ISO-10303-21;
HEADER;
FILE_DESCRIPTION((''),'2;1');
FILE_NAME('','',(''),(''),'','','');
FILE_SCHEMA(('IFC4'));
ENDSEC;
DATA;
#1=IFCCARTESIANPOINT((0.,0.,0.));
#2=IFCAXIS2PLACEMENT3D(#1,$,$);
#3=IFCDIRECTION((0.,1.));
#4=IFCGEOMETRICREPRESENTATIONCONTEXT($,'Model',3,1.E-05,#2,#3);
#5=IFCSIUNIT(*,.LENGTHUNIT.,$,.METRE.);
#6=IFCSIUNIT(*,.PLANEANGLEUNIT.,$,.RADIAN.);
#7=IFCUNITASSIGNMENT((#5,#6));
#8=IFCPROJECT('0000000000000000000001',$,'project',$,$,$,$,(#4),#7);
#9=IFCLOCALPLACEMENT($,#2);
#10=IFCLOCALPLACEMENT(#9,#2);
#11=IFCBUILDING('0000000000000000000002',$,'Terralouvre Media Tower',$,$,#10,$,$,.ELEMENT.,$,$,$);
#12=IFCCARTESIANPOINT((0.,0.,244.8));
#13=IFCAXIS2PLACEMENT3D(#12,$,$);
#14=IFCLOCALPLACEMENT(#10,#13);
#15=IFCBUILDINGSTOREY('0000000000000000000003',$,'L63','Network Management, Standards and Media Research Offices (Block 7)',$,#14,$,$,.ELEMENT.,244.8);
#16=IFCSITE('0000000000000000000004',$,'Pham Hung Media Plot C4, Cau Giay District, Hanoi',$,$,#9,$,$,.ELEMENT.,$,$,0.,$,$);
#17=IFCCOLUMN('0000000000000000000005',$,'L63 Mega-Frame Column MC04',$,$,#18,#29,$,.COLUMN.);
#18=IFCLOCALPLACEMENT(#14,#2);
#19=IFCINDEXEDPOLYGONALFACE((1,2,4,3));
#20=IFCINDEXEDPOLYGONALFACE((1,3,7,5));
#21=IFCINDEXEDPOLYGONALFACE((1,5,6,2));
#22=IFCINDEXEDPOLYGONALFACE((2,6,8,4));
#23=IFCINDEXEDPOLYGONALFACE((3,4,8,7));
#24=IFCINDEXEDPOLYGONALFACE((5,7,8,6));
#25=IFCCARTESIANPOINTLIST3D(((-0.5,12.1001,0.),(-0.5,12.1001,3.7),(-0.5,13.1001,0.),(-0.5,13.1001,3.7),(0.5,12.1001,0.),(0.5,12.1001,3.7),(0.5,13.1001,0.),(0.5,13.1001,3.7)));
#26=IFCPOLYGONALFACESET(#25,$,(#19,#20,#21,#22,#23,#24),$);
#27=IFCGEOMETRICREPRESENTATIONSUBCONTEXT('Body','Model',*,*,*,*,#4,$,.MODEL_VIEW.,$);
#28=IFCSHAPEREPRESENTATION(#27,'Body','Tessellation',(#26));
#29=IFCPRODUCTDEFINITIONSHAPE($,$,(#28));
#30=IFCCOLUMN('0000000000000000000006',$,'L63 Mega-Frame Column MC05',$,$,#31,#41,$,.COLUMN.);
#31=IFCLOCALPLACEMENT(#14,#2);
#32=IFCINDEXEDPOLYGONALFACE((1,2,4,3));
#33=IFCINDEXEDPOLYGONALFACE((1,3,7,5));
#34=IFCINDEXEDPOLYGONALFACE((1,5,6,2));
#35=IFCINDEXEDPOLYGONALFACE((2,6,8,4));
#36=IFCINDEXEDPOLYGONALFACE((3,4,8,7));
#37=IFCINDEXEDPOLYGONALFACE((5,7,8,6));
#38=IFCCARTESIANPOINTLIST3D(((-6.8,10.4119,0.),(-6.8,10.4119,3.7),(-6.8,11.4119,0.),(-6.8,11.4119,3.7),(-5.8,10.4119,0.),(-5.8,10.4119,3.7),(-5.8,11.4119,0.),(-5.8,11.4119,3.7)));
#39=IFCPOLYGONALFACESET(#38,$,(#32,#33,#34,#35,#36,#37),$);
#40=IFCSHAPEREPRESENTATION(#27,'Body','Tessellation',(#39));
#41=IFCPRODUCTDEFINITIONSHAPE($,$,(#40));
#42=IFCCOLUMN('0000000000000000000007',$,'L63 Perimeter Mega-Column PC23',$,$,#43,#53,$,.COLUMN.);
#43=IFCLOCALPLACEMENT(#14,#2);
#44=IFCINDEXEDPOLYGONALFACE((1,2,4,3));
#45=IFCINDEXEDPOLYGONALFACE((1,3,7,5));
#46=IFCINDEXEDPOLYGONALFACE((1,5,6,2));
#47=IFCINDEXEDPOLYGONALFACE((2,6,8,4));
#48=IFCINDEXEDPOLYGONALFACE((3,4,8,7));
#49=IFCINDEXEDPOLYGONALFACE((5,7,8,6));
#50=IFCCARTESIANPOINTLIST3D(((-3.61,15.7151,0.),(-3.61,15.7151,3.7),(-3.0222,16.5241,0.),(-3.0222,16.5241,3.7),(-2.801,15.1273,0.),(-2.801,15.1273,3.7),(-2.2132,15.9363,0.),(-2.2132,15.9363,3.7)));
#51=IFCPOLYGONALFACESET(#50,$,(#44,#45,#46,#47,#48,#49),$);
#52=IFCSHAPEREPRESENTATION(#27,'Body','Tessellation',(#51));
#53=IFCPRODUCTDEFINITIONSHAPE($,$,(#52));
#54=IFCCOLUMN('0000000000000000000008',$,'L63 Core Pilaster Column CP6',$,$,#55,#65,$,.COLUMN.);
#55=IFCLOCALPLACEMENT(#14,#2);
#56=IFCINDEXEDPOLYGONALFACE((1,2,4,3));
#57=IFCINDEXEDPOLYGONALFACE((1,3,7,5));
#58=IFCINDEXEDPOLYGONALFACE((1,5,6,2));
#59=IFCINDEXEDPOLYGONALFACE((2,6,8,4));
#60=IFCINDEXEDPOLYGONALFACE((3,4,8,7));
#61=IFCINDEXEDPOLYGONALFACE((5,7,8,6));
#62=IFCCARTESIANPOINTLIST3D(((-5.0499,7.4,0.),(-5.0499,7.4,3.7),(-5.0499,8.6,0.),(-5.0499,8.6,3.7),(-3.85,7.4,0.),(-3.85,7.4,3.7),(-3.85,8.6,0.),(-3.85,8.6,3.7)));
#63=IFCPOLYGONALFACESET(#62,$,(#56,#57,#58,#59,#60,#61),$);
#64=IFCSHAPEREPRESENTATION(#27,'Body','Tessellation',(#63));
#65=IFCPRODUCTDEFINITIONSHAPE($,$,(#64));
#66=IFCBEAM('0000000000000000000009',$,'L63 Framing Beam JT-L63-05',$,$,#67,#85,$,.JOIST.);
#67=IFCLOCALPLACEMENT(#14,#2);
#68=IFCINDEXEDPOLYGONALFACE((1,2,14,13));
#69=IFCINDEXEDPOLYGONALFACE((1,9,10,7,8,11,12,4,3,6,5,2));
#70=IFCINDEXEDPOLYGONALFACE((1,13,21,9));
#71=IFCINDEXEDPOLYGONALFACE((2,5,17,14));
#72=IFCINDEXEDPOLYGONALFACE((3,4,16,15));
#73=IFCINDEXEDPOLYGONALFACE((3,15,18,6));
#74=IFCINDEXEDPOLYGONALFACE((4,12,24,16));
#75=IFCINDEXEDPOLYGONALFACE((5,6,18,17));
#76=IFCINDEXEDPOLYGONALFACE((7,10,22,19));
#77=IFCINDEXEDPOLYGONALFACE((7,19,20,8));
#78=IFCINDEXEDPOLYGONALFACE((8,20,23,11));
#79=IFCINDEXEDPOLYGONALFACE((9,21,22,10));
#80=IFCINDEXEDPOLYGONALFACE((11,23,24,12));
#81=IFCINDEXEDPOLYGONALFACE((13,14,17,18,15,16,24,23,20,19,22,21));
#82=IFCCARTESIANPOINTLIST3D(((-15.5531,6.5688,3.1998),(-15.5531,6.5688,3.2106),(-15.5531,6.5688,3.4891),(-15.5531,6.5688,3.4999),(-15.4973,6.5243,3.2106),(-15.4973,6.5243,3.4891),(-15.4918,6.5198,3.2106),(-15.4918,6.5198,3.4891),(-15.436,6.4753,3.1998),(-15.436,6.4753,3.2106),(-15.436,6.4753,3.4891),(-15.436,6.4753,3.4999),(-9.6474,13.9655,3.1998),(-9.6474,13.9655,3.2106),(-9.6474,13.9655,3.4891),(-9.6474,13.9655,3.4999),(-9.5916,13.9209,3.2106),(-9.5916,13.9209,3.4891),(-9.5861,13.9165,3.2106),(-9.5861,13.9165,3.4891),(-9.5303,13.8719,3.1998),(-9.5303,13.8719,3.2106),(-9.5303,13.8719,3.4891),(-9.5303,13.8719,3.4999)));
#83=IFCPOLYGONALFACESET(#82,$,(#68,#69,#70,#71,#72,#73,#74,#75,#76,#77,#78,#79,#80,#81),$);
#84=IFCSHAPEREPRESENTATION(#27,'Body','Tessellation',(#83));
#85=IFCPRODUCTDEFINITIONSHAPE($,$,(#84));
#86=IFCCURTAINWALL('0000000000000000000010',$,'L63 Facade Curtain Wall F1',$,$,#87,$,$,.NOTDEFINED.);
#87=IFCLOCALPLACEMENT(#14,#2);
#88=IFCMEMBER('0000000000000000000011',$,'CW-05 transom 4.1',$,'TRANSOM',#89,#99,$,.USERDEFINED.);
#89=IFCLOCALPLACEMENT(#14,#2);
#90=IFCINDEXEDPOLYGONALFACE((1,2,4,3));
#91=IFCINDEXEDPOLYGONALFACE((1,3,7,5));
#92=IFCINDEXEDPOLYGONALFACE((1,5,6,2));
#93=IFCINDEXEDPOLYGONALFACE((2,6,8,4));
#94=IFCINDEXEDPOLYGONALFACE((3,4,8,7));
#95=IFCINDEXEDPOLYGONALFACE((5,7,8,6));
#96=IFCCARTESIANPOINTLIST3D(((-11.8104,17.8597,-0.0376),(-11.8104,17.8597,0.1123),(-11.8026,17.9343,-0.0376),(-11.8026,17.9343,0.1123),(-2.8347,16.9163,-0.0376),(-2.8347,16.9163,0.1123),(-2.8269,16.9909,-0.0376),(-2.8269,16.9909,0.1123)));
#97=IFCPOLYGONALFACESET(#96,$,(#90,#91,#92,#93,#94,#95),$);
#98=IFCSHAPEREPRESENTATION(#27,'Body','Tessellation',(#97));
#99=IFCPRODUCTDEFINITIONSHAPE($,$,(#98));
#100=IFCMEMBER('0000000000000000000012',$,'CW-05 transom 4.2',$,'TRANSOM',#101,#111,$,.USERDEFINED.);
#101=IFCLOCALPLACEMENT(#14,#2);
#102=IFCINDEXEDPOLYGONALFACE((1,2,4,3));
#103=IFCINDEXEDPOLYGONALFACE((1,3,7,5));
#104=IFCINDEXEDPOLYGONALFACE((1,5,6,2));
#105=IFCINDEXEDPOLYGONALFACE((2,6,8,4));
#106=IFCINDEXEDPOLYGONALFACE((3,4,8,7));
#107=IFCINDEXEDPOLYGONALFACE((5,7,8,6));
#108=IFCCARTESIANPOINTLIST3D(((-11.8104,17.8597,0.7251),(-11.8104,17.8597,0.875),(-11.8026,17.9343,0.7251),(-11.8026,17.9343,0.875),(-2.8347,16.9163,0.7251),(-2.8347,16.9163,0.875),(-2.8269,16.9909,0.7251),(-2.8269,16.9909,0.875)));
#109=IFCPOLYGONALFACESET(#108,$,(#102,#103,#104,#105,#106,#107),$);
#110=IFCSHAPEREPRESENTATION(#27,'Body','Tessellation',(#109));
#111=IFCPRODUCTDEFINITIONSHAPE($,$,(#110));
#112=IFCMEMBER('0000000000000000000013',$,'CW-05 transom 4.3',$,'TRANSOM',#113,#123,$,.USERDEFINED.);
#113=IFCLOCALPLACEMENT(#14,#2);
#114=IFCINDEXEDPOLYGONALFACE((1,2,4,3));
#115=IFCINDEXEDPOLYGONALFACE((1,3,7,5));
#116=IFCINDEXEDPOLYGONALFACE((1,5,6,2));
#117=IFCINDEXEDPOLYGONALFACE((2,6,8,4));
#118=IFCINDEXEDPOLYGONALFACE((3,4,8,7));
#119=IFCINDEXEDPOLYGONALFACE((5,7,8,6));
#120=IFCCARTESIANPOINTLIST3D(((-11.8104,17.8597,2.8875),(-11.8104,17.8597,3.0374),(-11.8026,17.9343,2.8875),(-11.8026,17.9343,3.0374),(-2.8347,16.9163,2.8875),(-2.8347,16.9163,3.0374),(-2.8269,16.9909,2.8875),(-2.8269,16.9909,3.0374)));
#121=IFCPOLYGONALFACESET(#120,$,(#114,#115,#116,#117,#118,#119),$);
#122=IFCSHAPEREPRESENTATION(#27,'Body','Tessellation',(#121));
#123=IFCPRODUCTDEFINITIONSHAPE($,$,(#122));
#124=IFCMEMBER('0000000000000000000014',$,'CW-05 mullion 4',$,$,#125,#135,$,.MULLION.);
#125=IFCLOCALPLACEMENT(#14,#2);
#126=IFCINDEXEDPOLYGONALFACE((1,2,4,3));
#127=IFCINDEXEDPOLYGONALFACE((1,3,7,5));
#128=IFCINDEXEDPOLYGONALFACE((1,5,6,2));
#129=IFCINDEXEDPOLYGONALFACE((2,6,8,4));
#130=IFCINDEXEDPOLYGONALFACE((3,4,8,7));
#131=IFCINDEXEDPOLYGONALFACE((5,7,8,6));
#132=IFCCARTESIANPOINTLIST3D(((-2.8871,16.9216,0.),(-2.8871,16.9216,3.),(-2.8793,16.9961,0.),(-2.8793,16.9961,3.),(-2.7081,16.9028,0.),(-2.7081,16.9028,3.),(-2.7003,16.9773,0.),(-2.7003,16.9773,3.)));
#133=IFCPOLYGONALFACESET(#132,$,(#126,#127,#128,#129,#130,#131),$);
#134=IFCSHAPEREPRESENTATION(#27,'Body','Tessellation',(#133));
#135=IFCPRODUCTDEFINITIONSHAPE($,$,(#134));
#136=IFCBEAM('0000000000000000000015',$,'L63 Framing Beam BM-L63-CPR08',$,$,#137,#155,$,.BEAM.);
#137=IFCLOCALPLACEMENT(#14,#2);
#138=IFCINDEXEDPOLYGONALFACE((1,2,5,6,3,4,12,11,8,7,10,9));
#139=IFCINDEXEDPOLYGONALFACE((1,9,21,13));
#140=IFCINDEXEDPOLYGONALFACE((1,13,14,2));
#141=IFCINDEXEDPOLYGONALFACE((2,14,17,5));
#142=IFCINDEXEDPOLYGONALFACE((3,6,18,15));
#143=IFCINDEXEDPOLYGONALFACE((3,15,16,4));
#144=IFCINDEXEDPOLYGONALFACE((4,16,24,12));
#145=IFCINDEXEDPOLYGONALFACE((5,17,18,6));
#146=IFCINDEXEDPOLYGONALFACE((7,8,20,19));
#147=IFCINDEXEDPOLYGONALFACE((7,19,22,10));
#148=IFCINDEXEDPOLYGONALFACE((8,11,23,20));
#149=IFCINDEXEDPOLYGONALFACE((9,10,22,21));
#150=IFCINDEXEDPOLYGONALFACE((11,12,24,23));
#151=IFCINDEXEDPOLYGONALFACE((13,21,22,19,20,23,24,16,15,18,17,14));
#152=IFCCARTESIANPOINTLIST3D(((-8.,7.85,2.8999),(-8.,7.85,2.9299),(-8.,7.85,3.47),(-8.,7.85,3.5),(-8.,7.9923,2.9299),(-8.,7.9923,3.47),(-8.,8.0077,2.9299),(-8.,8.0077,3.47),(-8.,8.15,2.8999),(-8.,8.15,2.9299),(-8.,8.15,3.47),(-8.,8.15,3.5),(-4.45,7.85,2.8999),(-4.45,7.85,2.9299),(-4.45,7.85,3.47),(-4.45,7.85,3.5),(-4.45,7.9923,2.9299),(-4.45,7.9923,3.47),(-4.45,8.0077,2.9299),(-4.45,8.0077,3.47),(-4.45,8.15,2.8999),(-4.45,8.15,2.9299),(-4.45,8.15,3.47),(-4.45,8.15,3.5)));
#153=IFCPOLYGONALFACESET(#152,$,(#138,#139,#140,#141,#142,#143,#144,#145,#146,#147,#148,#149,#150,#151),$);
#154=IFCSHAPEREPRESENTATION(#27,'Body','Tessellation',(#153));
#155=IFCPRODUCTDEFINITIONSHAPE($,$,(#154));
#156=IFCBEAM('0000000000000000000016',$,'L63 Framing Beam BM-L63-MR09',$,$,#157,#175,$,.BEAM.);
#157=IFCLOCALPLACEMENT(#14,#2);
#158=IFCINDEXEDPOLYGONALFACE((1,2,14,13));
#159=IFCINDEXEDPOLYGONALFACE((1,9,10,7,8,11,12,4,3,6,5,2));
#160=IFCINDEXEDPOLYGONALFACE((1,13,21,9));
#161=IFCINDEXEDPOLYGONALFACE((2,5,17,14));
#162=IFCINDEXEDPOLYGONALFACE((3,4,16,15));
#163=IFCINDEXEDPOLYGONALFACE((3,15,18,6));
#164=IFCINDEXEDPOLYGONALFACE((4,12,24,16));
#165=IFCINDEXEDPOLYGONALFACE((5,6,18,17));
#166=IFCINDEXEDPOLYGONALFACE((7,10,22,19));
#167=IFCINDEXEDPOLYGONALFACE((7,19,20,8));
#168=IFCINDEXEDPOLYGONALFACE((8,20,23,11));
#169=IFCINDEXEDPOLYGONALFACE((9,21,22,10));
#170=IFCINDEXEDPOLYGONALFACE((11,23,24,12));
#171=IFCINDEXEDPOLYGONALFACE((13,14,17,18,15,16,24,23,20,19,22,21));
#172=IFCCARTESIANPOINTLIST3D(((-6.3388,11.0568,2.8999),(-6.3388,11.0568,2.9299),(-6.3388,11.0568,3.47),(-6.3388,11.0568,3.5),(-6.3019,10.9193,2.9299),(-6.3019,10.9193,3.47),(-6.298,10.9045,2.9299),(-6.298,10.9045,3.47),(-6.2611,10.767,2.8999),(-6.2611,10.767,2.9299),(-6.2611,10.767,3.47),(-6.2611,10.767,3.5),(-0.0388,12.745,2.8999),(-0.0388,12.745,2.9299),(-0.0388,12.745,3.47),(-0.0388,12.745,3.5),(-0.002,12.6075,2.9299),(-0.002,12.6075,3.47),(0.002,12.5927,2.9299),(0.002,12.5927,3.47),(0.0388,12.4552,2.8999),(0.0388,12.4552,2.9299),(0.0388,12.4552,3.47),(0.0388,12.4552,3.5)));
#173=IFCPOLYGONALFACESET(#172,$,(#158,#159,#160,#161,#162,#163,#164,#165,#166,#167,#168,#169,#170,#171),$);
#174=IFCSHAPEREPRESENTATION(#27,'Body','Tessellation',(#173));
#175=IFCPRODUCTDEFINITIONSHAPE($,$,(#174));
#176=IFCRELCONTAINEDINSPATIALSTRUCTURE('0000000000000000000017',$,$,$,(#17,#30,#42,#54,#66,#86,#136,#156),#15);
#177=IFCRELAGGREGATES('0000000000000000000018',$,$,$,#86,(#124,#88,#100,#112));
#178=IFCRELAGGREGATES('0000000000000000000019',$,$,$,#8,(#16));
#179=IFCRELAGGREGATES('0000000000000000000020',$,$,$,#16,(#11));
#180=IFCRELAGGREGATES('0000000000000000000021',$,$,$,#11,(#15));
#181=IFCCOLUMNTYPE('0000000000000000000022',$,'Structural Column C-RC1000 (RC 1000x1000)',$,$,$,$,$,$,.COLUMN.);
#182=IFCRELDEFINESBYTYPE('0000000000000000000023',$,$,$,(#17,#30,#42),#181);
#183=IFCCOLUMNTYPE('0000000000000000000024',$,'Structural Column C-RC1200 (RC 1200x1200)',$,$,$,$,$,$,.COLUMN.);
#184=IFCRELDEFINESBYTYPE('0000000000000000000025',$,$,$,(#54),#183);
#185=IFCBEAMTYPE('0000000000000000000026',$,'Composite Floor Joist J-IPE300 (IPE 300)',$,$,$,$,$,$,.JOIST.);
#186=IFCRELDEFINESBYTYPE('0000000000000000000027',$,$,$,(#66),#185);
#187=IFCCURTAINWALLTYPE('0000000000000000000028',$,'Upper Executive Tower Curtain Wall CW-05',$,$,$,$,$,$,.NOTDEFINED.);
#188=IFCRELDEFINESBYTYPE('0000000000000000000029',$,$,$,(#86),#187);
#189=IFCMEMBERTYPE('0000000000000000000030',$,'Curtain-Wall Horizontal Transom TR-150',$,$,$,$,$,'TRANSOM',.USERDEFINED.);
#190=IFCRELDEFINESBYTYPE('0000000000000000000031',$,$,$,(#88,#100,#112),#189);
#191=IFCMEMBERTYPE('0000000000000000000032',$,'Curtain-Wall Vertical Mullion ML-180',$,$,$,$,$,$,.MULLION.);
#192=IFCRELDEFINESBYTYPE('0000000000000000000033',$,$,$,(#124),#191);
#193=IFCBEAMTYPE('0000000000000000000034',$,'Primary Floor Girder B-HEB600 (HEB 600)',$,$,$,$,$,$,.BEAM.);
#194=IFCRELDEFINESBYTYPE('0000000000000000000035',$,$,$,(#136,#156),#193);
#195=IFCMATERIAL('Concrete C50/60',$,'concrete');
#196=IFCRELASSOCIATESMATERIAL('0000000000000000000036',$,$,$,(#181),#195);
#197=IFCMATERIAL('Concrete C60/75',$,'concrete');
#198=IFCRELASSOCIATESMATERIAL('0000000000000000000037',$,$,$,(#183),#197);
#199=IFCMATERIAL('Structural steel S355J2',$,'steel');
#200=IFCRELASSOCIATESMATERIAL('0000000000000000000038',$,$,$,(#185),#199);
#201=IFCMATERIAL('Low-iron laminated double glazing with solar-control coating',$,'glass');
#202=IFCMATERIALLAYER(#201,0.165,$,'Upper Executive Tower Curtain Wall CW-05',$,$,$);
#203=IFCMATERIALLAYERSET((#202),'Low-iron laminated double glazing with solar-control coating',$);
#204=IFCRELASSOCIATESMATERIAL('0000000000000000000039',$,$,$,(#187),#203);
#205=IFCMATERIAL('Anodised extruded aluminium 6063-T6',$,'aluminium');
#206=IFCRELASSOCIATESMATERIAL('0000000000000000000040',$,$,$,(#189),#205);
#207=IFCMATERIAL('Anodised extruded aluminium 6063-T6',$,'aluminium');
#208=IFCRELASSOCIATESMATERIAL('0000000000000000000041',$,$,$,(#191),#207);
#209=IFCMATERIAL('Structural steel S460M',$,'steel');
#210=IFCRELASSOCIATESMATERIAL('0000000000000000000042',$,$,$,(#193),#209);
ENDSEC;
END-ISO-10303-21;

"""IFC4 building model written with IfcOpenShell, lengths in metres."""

from ifc_helpers import new_model, si_unit, direction, frame, origin, origin_2d, place, context, subcontext, project, spatial, rectangle, i_section, extrude, material, layer, layer_set, material_profile, profile_set, type_object, element, aggregate, save


model = new_model("IFC4")

# Units and contexts
model_context = context("Model", 3, precision=1e-05, world=origin(), true_north=direction((0.0, 1.0)))
body_context = subcontext(model_context, "Body", "Model", "MODEL_VIEW")
ifc_project = project(units=[si_unit("LENGTHUNIT", "METRE"), si_unit("PLANEANGLEUNIT", "RADIAN")], contexts=[model_context])

# Site, building, storey
site_placement = place(None, origin())
site = spatial("IfcSite", under=ifc_project, at=site_placement, Name="Pham Hung Media Plot C4, Cau Giay District, Hanoi", CompositionType="ELEMENT", RefElevation=0.0)
building_placement = place(site_placement, origin())
building = spatial("IfcBuilding", under=site, at=building_placement, Name="Terralouvre Media Tower", CompositionType="ELEMENT")
storey_placement = place(building_placement, frame((0.0, 0.0, 244.8)))
storey = spatial("IfcBuildingStorey", under=building, at=storey_placement, Name="L63", Description="Network Management, Standards and Media Research Offices (Block 7)", CompositionType="ELEMENT", Elevation=244.8)

# Columns
ifc_material_1 = material(Name="Concrete C50/60", Category="concrete")
ifc_material_profile_1 = material_profile(ifc_material_1, rectangle(XDim=1.0, YDim=1.0, at=origin_2d()), Name="RC 1000x1000")
ifc_profile_set_1 = profile_set([ifc_material_profile_1], Name="Concrete C50/60")
column_type_1 = type_object("IfcColumnType", Name="Structural Column C-RC1000 (RC 1000x1000)", PredefinedType="COLUMN", material=ifc_profile_set_1)
for number, where, z_axis, x_axis, name in (
    (1, (0.0, 12.6001, 0.0), (0.0, 0.0, 1.0), (1.0, 0.0, 0.0), "L63 Mega-Frame Column MC04"),
    (2, (-6.3, 10.9119, 0.0), (0.0, 0.0, 1.0), (1.0, 0.0, 0.0), "L63 Mega-Frame Column MC05"),
    (3, (-2.9116, 15.8257, 0.0), (0.0, 0.0, 1.0), (0.587785, 0.809017, 0.0), "L63 Perimeter Mega-Column PC23"),
):
    element("IfcColumn", number, at=place(storey_placement, frame(where, z_axis=z_axis, x_axis=x_axis)), inside=storey, type_object=column_type_1, Name=name, PredefinedType="COLUMN", context=body_context, shape_type="SweptSolid", body=[
        extrude(rectangle(XDim=1.0, YDim=1.0, at=origin_2d()), origin(), (0.0, 0.0, 1.0), 3.7),
    ])
ifc_material_2 = material(Name="Concrete C60/75", Category="concrete")
ifc_material_profile_2 = material_profile(ifc_material_2, rectangle(XDim=1.2, YDim=1.2, at=origin_2d()), Name="RC 1200x1200")
ifc_profile_set_2 = profile_set([ifc_material_profile_2], Name="Concrete C60/75")
column_type_2 = type_object("IfcColumnType", Name="Structural Column C-RC1200 (RC 1200x1200)", PredefinedType="COLUMN", material=ifc_profile_set_2)
column_placement = place(storey_placement, frame((-4.45, 8.0, 0.0), z_axis=(0.0, 0.0, 1.0), x_axis=(1.0, 0.0, 0.0)))
element("IfcColumn", 4, at=column_placement, inside=storey, type_object=column_type_2, Name="L63 Core Pilaster Column CP6", PredefinedType="COLUMN", context=body_context, shape_type="SweptSolid", body=[
    extrude(rectangle(XDim=1.2, YDim=1.2, at=origin_2d()), origin(), (0.0, 0.0, 1.0), 3.7),
])

# Beam
ifc_material_3 = material(Name="Structural steel S355J2", Category="steel")
ifc_material_profile_3 = material_profile(ifc_material_3, i_section(OverallWidth=0.1499, OverallDepth=0.3, WebThickness=0.0071, FlangeThickness=0.0107, at=origin_2d()), Name="IPE 300")
ifc_profile_set_3 = profile_set([ifc_material_profile_3], Name="Structural steel S355J2")
beam_type_1 = type_object("IfcBeamType", Name="Composite Floor Joist J-IPE300 (IPE 300)", PredefinedType="JOIST", material=ifc_profile_set_3)
beam_1_placement = place(storey_placement, frame((-9.5889, 13.9187, 3.3499), z_axis=(-0.623946, -0.781467, 0.0), x_axis=(0.781467, -0.623946, 0.0)))
element("IfcBeam", 5, at=beam_1_placement, inside=storey, type_object=beam_type_1, Name="L63 Framing Beam JT-L63-05", PredefinedType="JOIST", context=body_context, shape_type="SweptSolid", body=[
    extrude(i_section(OverallWidth=0.1499, OverallDepth=0.3, WebThickness=0.0071, FlangeThickness=0.0107, at=origin_2d()), origin(), (0.0, 0.0, 1.0), 9.4651),
])

# Curtain wall, members
ifc_material_4 = material(Name="Low-iron laminated double glazing with solar-control coating", Category="glass")
ifc_layer_1 = layer(ifc_material_4, 0.165, Name="Upper Executive Tower Curtain Wall CW-05")
ifc_layer_set_1 = layer_set([ifc_layer_1], Name="Low-iron laminated double glazing with solar-control coating")
curtain_wall_type = type_object("IfcCurtainWallType", Name="Upper Executive Tower Curtain Wall CW-05", PredefinedType="NOTDEFINED", material=ifc_layer_set_1)
curtain_wall_placement = place(storey_placement, origin())
curtain_wall = element("IfcCurtainWall", 6, at=curtain_wall_placement, inside=storey, type_object=curtain_wall_type, Name="L63 Facade Curtain Wall F1", PredefinedType="NOTDEFINED")
ifc_material_5 = material(Name="Anodised extruded aluminium 6063-T6", Category="aluminium")
ifc_material_profile_4 = material_profile(ifc_material_5, rectangle(XDim=0.075, YDim=0.1499, at=origin_2d()), Name="ALU 75x150")
ifc_profile_set_4 = profile_set([ifc_material_profile_4], Name="Anodised extruded aluminium 6063-T6")
member_type_1 = type_object("IfcMemberType", Name="Curtain-Wall Horizontal Transom TR-150", ElementType="TRANSOM", PredefinedType="USERDEFINED", material=ifc_profile_set_4)
member_1_placement = place(storey_placement, frame((-2.8308, 16.9536, 0.0374), z_axis=(-0.994522, 0.104527, 0.0), x_axis=(-0.104527, -0.994522, 0.0)))
member_1 = element("IfcMember", 7, at=member_1_placement, type_object=member_type_1, Name="CW-05 transom 4.1", ObjectType="TRANSOM", PredefinedType="USERDEFINED", context=body_context, shape_type="SweptSolid", body=[
    extrude(rectangle(XDim=0.075, YDim=0.1499, at=origin_2d()), origin(), (0.0, 0.0, 1.0), 9.0251),
])
member_2_placement = place(storey_placement, frame((-2.8308, 16.9536, 0.8), z_axis=(-0.994522, 0.104527, 0.0), x_axis=(-0.104527, -0.994522, 0.0)))
member_2 = element("IfcMember", 8, at=member_2_placement, type_object=member_type_1, Name="CW-05 transom 4.2", ObjectType="TRANSOM", PredefinedType="USERDEFINED", context=body_context, shape_type="SweptSolid", body=[
    extrude(rectangle(XDim=0.075, YDim=0.1499, at=origin_2d()), origin(), (0.0, 0.0, 1.0), 9.0251),
])
member_3_placement = place(storey_placement, frame((-2.8308, 16.9536, 2.9624), z_axis=(-0.994522, 0.104527, 0.0), x_axis=(-0.104527, -0.994522, 0.0)))
member_3 = element("IfcMember", 9, at=member_3_placement, type_object=member_type_1, Name="CW-05 transom 4.3", ObjectType="TRANSOM", PredefinedType="USERDEFINED", context=body_context, shape_type="SweptSolid", body=[
    extrude(rectangle(XDim=0.075, YDim=0.1499, at=origin_2d()), origin(), (0.0, 0.0, 1.0), 9.0251),
])
ifc_material_6 = material(Name="Anodised extruded aluminium 6063-T6", Category="aluminium")
ifc_material_profile_5 = material_profile(ifc_material_6, rectangle(XDim=0.075, YDim=0.1799, at=origin_2d()), Name="ALU 75x180")
ifc_profile_set_5 = profile_set([ifc_material_profile_5], Name="Anodised extruded aluminium 6063-T6")
member_type_2 = type_object("IfcMemberType", Name="Curtain-Wall Vertical Mullion ML-180", PredefinedType="MULLION", material=ifc_profile_set_5)
member_4_placement = place(storey_placement, frame((-2.7937, 16.9495, 0.0), z_axis=(0.0, 0.0, 1.0), x_axis=(-0.104529, -0.994522, 0.0)))
member_4 = element("IfcMember", 10, at=member_4_placement, type_object=member_type_2, Name="CW-05 mullion 4", PredefinedType="MULLION", context=body_context, shape_type="SweptSolid", body=[
    extrude(rectangle(XDim=0.075, YDim=0.1799, at=origin_2d()), origin(), (0.0, 0.0, 1.0), 3.0),
])

# Beams
ifc_material_7 = material(Name="Structural steel S460M", Category="steel")
ifc_material_profile_6 = material_profile(ifc_material_7, i_section(OverallWidth=0.3, OverallDepth=0.6001, WebThickness=0.0154, FlangeThickness=0.03, at=origin_2d()), Name="HEB 600")
ifc_profile_set_6 = profile_set([ifc_material_profile_6], Name="Structural steel S460M")
beam_type_2 = type_object("IfcBeamType", Name="Primary Floor Girder B-HEB600 (HEB 600)", PredefinedType="BEAM", material=ifc_profile_set_6)
beam_2_placement = place(storey_placement, frame((-4.45, 8.0, 3.2), z_axis=(-1.0, 0.0, 0.0), x_axis=(0.0, -1.0, 0.0)))
element("IfcBeam", 11, at=beam_2_placement, inside=storey, type_object=beam_type_2, Name="L63 Framing Beam BM-L63-CPR08", PredefinedType="BEAM", context=body_context, shape_type="SweptSolid", body=[
    extrude(i_section(OverallWidth=0.3, OverallDepth=0.6001, WebThickness=0.0154, FlangeThickness=0.03, at=origin_2d()), origin(), (0.0, 0.0, 1.0), 3.55),
])
beam_3_placement = place(storey_placement, frame((0.0, 12.6001, 3.2), z_axis=(-0.96592, -0.258839, 0.0), x_axis=(0.258839, -0.96592, 0.0)))
element("IfcBeam", 12, at=beam_3_placement, inside=storey, type_object=beam_type_2, Name="L63 Framing Beam BM-L63-MR09", PredefinedType="BEAM", context=body_context, shape_type="SweptSolid", body=[
    extrude(i_section(OverallWidth=0.3, OverallDepth=0.6001, WebThickness=0.0154, FlangeThickness=0.03, at=origin_2d()), origin(), (0.0, 0.0, 1.0), 6.5222),
])

aggregate(curtain_wall, [member_4, member_1, member_2, member_3])

save(model, "model.ifc")
